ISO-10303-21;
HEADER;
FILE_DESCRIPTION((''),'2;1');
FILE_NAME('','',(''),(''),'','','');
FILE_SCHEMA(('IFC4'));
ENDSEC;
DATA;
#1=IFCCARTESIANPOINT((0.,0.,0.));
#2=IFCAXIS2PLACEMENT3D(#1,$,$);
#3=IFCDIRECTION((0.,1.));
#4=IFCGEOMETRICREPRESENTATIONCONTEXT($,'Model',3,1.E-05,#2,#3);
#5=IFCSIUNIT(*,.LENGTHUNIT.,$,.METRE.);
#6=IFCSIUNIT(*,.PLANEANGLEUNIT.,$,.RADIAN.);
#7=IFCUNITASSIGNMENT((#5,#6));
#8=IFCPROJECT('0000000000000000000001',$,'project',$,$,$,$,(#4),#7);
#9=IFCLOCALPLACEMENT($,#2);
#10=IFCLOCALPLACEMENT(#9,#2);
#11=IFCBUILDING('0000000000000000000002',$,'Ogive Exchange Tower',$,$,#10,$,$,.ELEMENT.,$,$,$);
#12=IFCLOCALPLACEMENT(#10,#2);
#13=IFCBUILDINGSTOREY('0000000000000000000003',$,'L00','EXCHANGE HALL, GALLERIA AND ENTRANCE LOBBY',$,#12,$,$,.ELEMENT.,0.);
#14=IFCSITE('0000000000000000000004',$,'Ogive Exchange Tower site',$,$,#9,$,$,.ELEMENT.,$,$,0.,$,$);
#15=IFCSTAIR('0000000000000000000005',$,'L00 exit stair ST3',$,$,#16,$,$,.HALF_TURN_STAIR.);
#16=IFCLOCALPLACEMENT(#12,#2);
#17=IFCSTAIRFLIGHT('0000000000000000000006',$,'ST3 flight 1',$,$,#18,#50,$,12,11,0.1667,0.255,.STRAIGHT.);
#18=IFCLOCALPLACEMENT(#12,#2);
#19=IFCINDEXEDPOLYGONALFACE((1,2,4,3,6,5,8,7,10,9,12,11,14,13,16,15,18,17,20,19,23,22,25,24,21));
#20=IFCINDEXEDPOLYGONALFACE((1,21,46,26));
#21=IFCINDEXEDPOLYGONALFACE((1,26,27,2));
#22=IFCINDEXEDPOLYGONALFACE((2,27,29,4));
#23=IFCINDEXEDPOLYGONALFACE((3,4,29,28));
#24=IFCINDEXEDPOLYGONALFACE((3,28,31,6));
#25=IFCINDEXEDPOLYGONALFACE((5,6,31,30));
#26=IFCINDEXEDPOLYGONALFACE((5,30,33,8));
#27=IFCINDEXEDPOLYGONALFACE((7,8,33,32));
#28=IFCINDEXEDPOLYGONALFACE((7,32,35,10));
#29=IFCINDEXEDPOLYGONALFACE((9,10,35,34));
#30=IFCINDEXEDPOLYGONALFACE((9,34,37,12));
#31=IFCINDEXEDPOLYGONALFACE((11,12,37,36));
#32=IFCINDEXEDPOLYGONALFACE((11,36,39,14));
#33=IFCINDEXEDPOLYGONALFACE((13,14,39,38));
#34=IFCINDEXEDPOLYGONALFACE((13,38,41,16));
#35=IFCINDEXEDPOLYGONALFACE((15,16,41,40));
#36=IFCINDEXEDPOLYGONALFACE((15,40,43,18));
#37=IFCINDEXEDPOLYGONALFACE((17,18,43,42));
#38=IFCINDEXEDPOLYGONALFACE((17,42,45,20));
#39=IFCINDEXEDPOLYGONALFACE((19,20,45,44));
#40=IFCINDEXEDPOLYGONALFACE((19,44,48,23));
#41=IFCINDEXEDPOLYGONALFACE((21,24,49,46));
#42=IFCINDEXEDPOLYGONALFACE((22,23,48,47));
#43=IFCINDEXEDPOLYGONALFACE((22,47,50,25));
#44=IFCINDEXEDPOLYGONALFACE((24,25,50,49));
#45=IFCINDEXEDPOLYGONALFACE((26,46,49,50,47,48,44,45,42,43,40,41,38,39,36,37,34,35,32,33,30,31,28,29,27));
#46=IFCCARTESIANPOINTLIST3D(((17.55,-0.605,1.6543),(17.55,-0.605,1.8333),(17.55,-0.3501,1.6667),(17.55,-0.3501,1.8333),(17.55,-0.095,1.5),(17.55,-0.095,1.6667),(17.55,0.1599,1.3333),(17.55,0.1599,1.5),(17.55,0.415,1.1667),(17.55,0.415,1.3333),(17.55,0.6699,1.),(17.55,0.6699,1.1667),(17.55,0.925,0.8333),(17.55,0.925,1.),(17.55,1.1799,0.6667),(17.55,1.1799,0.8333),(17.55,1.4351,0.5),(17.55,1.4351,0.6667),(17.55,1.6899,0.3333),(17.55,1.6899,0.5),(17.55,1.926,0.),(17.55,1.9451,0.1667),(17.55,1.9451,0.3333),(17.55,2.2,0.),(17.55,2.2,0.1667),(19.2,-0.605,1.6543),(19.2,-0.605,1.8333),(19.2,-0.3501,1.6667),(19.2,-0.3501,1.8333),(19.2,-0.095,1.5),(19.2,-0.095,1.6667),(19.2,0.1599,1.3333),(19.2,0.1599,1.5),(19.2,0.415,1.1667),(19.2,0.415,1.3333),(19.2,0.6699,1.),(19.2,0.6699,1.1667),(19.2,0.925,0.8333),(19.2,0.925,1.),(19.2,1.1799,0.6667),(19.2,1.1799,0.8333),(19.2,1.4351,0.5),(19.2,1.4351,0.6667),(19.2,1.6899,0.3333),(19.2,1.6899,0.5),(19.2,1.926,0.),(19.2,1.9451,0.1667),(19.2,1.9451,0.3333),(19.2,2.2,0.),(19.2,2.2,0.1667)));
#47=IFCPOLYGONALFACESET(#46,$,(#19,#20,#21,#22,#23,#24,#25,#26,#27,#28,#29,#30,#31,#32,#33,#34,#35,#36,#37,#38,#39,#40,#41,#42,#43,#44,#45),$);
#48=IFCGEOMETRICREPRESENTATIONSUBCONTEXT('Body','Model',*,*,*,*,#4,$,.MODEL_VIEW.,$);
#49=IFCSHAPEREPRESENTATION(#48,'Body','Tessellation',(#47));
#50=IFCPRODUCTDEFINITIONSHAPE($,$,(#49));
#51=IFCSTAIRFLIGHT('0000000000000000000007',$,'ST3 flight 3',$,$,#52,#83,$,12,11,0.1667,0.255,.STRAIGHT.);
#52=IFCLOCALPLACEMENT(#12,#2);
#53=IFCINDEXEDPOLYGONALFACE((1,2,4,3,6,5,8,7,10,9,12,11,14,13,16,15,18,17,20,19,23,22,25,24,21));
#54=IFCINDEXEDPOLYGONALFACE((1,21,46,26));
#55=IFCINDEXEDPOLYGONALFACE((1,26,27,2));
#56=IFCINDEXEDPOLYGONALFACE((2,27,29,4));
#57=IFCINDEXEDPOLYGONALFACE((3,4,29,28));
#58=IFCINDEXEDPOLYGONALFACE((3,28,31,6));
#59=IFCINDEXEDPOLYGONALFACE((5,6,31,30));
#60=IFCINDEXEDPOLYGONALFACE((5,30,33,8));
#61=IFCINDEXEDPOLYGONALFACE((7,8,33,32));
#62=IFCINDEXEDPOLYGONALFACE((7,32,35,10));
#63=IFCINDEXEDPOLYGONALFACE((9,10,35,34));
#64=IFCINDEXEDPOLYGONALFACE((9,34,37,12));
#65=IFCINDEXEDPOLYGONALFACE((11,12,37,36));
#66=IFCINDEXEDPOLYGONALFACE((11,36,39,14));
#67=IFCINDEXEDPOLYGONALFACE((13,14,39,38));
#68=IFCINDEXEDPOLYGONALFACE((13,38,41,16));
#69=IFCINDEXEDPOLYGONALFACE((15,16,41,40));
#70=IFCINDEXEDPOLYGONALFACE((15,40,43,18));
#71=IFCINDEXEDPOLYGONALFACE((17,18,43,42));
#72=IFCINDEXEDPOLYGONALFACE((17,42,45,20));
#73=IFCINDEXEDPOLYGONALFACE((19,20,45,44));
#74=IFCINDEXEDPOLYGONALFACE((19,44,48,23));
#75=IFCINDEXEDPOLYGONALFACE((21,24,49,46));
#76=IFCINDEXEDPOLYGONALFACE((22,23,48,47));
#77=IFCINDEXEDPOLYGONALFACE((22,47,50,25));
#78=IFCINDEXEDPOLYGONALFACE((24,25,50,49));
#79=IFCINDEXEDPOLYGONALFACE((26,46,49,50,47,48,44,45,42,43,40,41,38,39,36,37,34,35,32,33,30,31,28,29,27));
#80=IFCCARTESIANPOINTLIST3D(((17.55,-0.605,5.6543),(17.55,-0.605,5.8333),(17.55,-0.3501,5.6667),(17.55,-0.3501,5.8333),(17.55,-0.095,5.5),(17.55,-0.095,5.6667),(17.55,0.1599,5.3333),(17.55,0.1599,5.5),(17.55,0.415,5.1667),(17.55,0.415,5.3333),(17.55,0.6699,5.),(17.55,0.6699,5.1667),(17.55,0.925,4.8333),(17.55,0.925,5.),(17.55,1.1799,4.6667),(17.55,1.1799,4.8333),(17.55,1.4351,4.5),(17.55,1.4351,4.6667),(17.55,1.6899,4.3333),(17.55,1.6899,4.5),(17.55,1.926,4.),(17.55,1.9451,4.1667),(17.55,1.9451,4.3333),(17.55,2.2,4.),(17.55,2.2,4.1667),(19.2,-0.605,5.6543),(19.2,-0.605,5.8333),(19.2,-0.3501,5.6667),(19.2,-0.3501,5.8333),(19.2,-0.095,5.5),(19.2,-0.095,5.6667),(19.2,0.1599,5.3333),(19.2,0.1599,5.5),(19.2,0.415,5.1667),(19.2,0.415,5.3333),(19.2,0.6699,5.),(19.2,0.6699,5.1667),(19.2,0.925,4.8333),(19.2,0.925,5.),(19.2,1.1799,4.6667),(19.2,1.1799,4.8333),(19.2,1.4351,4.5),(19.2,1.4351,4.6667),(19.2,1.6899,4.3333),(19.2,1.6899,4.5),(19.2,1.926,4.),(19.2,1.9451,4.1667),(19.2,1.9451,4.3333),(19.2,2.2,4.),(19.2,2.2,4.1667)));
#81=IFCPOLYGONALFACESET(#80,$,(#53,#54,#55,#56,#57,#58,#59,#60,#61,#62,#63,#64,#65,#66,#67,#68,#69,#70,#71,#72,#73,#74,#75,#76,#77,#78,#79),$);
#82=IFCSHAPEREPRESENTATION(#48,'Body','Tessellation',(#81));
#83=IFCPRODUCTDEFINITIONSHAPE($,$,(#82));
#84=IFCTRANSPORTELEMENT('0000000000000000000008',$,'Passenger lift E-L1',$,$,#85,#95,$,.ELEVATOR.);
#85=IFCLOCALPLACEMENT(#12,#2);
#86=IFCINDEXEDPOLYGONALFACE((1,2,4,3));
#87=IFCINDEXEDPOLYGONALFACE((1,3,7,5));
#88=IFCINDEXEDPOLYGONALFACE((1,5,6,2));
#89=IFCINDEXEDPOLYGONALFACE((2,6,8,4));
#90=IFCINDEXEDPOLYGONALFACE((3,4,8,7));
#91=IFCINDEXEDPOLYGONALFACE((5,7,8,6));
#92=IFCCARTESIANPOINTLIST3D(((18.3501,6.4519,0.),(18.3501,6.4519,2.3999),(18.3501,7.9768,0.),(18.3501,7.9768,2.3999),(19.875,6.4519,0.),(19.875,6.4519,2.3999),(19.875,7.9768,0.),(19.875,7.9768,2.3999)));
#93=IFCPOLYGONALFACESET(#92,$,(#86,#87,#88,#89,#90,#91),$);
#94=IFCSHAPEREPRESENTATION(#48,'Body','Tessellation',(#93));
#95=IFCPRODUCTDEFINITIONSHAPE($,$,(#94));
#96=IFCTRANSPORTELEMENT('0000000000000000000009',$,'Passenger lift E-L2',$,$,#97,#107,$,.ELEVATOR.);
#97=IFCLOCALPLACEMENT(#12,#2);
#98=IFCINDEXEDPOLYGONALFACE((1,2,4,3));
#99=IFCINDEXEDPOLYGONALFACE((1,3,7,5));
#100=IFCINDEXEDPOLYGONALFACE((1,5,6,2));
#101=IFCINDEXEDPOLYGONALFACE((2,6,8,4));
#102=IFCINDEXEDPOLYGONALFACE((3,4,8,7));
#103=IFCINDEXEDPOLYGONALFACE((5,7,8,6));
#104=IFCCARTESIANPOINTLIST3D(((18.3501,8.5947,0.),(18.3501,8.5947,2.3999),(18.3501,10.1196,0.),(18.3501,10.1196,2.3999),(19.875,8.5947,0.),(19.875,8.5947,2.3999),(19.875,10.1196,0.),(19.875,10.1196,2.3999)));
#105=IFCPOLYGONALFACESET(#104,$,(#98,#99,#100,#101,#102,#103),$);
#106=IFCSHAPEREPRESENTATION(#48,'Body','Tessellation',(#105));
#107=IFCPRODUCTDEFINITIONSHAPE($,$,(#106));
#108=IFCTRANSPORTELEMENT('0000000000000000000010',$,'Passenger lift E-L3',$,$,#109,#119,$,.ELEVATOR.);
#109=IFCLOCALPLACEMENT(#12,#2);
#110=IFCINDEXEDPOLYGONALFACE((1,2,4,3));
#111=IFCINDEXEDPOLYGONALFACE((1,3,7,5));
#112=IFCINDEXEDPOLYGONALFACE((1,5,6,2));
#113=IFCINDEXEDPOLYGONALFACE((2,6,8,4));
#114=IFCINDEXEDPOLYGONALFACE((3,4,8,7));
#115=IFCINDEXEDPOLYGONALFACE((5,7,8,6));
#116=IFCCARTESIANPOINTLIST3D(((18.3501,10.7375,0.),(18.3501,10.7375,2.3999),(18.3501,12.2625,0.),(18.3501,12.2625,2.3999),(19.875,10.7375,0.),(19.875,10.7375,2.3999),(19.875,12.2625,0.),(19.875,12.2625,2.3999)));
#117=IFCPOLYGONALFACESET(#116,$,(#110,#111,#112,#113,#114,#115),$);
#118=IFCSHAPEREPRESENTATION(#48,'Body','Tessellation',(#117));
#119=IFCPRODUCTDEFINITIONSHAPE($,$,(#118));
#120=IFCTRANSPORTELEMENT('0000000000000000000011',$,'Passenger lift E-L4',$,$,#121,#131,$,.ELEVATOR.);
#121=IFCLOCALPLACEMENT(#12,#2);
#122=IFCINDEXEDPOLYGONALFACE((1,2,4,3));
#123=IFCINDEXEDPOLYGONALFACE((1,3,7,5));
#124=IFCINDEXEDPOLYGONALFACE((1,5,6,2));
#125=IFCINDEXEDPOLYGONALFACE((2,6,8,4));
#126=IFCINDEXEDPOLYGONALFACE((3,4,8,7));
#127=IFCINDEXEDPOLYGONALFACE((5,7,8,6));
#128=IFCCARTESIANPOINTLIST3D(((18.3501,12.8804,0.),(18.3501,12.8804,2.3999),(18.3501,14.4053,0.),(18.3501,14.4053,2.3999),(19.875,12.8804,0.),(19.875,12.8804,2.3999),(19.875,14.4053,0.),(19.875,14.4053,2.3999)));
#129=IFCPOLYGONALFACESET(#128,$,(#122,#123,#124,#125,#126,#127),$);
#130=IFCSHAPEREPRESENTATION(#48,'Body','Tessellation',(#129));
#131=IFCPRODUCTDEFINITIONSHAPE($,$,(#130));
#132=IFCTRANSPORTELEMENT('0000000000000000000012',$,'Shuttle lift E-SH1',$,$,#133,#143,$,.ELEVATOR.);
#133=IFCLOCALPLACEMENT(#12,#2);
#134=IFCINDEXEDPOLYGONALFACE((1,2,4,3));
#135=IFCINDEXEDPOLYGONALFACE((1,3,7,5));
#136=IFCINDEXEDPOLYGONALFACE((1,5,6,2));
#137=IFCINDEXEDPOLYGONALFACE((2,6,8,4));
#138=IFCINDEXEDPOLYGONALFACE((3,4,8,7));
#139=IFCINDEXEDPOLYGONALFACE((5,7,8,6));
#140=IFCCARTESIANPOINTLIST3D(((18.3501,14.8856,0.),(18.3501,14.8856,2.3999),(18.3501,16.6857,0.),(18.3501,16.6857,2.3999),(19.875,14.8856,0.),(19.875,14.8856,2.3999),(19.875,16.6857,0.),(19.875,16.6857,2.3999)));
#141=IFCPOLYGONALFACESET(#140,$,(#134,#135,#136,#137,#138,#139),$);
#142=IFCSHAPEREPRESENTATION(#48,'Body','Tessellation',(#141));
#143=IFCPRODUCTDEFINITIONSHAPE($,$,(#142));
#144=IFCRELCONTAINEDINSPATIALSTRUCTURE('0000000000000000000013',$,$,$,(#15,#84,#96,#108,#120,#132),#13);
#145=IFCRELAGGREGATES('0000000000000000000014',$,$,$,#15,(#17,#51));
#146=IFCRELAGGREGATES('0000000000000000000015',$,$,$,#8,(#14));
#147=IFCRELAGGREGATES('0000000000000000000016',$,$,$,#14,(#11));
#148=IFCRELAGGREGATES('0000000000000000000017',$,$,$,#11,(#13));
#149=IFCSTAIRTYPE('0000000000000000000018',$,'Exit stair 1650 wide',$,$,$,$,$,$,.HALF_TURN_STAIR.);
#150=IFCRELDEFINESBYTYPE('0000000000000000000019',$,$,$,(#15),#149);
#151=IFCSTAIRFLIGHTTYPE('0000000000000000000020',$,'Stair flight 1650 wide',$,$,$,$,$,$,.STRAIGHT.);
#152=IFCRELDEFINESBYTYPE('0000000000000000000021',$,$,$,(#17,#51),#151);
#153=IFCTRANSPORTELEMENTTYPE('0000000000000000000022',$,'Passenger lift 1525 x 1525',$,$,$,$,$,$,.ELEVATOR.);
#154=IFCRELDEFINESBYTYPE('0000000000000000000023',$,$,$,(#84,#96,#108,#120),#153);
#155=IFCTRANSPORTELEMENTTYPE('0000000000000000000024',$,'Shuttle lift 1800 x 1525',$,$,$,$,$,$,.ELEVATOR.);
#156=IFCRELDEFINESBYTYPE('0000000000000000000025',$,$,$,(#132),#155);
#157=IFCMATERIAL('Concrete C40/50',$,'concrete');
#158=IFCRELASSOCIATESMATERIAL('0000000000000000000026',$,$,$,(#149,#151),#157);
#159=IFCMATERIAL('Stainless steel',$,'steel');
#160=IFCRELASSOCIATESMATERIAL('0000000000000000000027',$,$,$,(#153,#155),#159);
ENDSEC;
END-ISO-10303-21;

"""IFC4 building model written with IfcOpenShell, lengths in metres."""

from ifc_helpers import new_model, si_unit, direction, frame, origin, origin_2d, place, context, subcontext, project, spatial, polyline, rectangle, outline, extrude, material, type_object, element, aggregate, save


model = new_model("IFC4")

# Units and contexts
model_context = context("Model", 3, precision=1e-05, world=origin(), true_north=direction((0.0, 1.0)))
body_context = subcontext(model_context, "Body", "Model", "MODEL_VIEW")
ifc_project = project(units=[si_unit("LENGTHUNIT", "METRE"), si_unit("PLANEANGLEUNIT", "RADIAN")], contexts=[model_context])

# Site, building, storey
site_placement = place(None, origin())
site = spatial("IfcSite", under=ifc_project, at=site_placement, Name="Ogive Exchange Tower site", CompositionType="ELEMENT", RefElevation=0.0)
building_placement = place(site_placement, origin())
building = spatial("IfcBuilding", under=site, at=building_placement, Name="Ogive Exchange Tower", CompositionType="ELEMENT")
storey_placement = place(building_placement, origin())
storey = spatial("IfcBuildingStorey", under=building, at=storey_placement, Name="L00", Description="EXCHANGE HALL, GALLERIA AND ENTRANCE LOBBY", CompositionType="ELEMENT", Elevation=0.0)

# Shared definitions
ifc_material_1 = material(Name="Stainless steel", Category="steel")

# Stair, stair flights
ifc_material_2 = material(Name="Concrete C40/50", Category="concrete")
stair_type = type_object("IfcStairType", Name="Exit stair 1650 wide", PredefinedType="HALF_TURN_STAIR", material=ifc_material_2)
stair_placement = place(storey_placement, origin())
stair = element("IfcStair", 1, at=stair_placement, inside=storey, type_object=stair_type, Name="L00 exit stair ST3", PredefinedType="HALF_TURN_STAIR")
stair_flight_type = type_object("IfcStairFlightType", Name="Stair flight 1650 wide", PredefinedType="STRAIGHT", material=ifc_material_2)
stair_flight_1_placement = place(storey_placement, frame((18.375, 2.2, 0.0), z_axis=(0.0, 0.0, 1.0), x_axis=(0.0, -1.0, 0.0)))
stair_flight_1 = element("IfcStairFlight", 2, at=stair_flight_1_placement, type_object=stair_flight_type, Name="ST3 flight 1", NumberOfRisers=12, NumberOfTreads=11, PredefinedType="STRAIGHT", RiserHeight=0.1667, TreadLength=0.255, context=body_context, shape_type="SweptSolid", body=[
    extrude(outline(polyline([(0.0, 0.0), (0.0, 0.1667), (0.2549, 0.1667), (0.2549, 0.3333), (0.51, 0.3333), (0.51, 0.5), (0.7649, 0.5), (0.7649, 0.6667), (1.02, 0.6667), (1.02, 0.8333), (1.2749, 0.8333), (1.2749, 1.0), (1.53, 1.0), (1.53, 1.1667), (1.7849, 1.1667), (1.7849, 1.3333), (2.04, 1.3333), (2.04, 1.5), (2.2949, 1.5), (2.2949, 1.6667), (2.55, 1.6667), (2.55, 1.8333), (2.8049, 1.8333), (2.8049, 2.0), (2.8049, 1.6543), (0.2739, 0.0), (0.0, 0.0)])), frame((0.0, 0.825, 0.0), z_axis=(0.0, -1.0, 0.0), x_axis=(1.0, 0.0, 0.0)), (0.0, 0.0, 1.0), 1.6499),
])
stair_flight_2_placement = place(storey_placement, frame((18.375, 2.2, 4.0), z_axis=(0.0, 0.0, 1.0), x_axis=(0.0, -1.0, 0.0)))
stair_flight_2 = element("IfcStairFlight", 3, at=stair_flight_2_placement, type_object=stair_flight_type, Name="ST3 flight 3", NumberOfRisers=12, NumberOfTreads=11, PredefinedType="STRAIGHT", RiserHeight=0.1667, TreadLength=0.255, context=body_context, shape_type="SweptSolid", body=[
    extrude(outline(polyline([(0.0, 0.0), (0.0, 0.1667), (0.2549, 0.1667), (0.2549, 0.3333), (0.51, 0.3333), (0.51, 0.5), (0.7649, 0.5), (0.7649, 0.6667), (1.02, 0.6667), (1.02, 0.8333), (1.2749, 0.8333), (1.2749, 1.0), (1.53, 1.0), (1.53, 1.1667), (1.7849, 1.1667), (1.7849, 1.3333), (2.04, 1.3333), (2.04, 1.5), (2.2949, 1.5), (2.2949, 1.6667), (2.55, 1.6667), (2.55, 1.8333), (2.8049, 1.8333), (2.8049, 2.0), (2.8049, 1.6543), (0.2739, 0.0), (0.0, 0.0)])), frame((0.0, 0.825, 0.0), z_axis=(0.0, -1.0, 0.0), x_axis=(1.0, 0.0, 0.0)), (0.0, 0.0, 1.0), 1.6499),
])
aggregate(stair, [stair_flight_1, stair_flight_2])

# Transport elements
transport_element_type_1 = type_object("IfcTransportElementType", Name="Passenger lift 1525 x 1525", PredefinedType="ELEVATOR", material=ifc_material_1)
for number, where, z_axis, x_axis, name in (
    (4, (19.1125, 7.2144, 0.0), (0.0, 0.0, 1.0), (1.0, 0.0, 0.0), "Passenger lift E-L1"),
    (5, (19.1125, 9.3572, 0.0), (0.0, 0.0, 1.0), (1.0, 0.0, 0.0), "Passenger lift E-L2"),
    (6, (19.1125, 11.5, 0.0), (0.0, 0.0, 1.0), (1.0, 0.0, 0.0), "Passenger lift E-L3"),
    (7, (19.1125, 13.6428, 0.0), (0.0, 0.0, 1.0), (1.0, 0.0, 0.0), "Passenger lift E-L4"),
):
    element("IfcTransportElement", number, at=place(storey_placement, frame(where, z_axis=z_axis, x_axis=x_axis)), inside=storey, type_object=transport_element_type_1, Name=name, PredefinedType="ELEVATOR", context=body_context, shape_type="SweptSolid", body=[
        extrude(rectangle(XDim=1.5249, YDim=1.5249, at=origin_2d()), origin(), (0.0, 0.0, 1.0), 2.3999),
    ])
transport_element_type_2 = type_object("IfcTransportElementType", Name="Shuttle lift 1800 x 1525", PredefinedType="ELEVATOR", material=ifc_material_1)
transport_element_placement = place(storey_placement, frame((19.1125, 15.7856, 0.0), z_axis=(0.0, 0.0, 1.0), x_axis=(1.0, 0.0, 0.0)))
element("IfcTransportElement", 8, at=transport_element_placement, inside=storey, type_object=transport_element_type_2, Name="Shuttle lift E-SH1", PredefinedType="ELEVATOR", context=body_context, shape_type="SweptSolid", body=[
    extrude(rectangle(XDim=1.5249, YDim=1.8, at=origin_2d()), origin(), (0.0, 0.0, 1.0), 2.3999),
])

save(model, "model.ifc")
